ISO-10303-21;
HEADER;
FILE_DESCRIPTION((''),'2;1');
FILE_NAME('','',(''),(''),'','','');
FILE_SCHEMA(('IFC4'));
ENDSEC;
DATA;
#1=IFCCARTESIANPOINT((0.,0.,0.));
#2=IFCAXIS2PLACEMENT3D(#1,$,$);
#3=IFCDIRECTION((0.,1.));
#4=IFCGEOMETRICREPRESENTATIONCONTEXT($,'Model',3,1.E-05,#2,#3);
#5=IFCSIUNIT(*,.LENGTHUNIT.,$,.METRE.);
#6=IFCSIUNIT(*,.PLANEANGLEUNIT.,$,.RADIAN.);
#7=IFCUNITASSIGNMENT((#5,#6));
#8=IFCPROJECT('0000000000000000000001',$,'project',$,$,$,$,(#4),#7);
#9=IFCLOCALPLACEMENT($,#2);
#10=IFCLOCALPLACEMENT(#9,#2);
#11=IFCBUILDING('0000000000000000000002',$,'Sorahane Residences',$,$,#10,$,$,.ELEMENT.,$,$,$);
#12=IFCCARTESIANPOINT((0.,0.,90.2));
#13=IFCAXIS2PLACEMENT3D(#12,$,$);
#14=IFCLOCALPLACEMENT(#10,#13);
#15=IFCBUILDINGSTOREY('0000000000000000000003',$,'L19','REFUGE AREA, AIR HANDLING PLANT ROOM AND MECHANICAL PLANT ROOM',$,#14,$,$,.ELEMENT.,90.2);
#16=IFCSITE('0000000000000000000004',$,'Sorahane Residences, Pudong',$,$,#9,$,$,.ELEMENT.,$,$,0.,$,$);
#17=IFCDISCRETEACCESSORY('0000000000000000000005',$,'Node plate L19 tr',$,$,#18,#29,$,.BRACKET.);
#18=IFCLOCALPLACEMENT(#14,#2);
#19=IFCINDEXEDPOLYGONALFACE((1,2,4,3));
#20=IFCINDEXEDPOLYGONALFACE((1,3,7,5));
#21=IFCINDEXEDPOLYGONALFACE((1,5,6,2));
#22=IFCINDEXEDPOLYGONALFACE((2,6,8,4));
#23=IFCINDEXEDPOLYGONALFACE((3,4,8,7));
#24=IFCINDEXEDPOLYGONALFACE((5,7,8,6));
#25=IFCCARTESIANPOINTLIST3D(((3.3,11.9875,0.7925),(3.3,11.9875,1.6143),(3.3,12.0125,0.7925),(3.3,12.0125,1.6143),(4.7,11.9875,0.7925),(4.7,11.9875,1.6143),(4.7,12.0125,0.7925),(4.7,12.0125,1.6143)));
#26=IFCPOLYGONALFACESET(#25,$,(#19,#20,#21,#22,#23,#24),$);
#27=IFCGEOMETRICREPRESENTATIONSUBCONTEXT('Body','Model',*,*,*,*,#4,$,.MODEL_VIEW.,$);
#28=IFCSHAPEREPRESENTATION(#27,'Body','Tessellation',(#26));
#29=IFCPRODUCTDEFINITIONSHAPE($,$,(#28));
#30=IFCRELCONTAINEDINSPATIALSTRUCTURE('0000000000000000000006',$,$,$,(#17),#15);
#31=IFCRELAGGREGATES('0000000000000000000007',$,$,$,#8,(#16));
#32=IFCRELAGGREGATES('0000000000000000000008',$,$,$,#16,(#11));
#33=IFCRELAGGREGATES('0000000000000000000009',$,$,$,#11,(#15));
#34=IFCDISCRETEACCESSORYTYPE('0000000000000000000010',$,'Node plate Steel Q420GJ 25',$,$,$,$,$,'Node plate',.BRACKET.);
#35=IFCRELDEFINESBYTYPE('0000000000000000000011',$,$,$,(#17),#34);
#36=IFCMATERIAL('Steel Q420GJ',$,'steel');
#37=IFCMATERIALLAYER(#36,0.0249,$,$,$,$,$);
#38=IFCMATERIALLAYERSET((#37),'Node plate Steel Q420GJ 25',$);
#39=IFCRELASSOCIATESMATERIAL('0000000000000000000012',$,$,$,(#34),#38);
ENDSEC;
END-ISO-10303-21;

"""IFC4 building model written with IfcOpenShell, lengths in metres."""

from ifc_helpers import new_model, si_unit, direction, frame, origin, origin_2d, place, context, subcontext, project, spatial, rectangle, extrude, material, layer, layer_set, type_object, element, save


model = new_model("IFC4")

# Units and contexts
model_context = context("Model", 3, precision=1e-05, world=origin(), true_north=direction((0.0, 1.0)))
body_context = subcontext(model_context, "Body", "Model", "MODEL_VIEW")
ifc_project = project(units=[si_unit("LENGTHUNIT", "METRE"), si_unit("PLANEANGLEUNIT", "RADIAN")], contexts=[model_context])

# Site, building, storey
site_placement = place(None, origin())
site = spatial("IfcSite", under=ifc_project, at=site_placement, Name="Sorahane Residences, Pudong", CompositionType="ELEMENT", RefElevation=0.0)
building_placement = place(site_placement, origin())
building = spatial("IfcBuilding", under=site, at=building_placement, Name="Sorahane Residences", CompositionType="ELEMENT")
storey_placement = place(building_placement, frame((0.0, 0.0, 90.2)))
storey = spatial("IfcBuildingStorey", under=building, at=storey_placement, Name="L19", Description="REFUGE AREA, AIR HANDLING PLANT ROOM AND MECHANICAL PLANT ROOM", CompositionType="ELEMENT", Elevation=90.2)

# Discrete accessory
ifc_material_1 = material(Name="Steel Q420GJ", Category="steel")
ifc_layer_1 = layer(ifc_material_1, 0.0249)
ifc_layer_set_1 = layer_set([ifc_layer_1], Name="Node plate Steel Q420GJ 25")
discrete_accessory_type_1 = type_object("IfcDiscreteAccessoryType", Name="Node plate Steel Q420GJ 25", ElementType="Node plate", PredefinedType="BRACKET", material=ifc_layer_set_1)
discrete_accessory_1_placement = place(storey_placement, frame((4.0, 12.0, 0.7925), z_axis=(0.0, 0.0, 1.0), x_axis=(1.0, 0.0, 0.0)))
element("IfcDiscreteAccessory", 1, at=discrete_accessory_1_placement, inside=storey, type_object=discrete_accessory_type_1, Name="Node plate L19 tr", PredefinedType="BRACKET", context=body_context, shape_type="SweptSolid", body=[
    extrude(rectangle(XDim=1.3999, YDim=0.0249, at=origin_2d()), origin(), (0.0, 0.0, 1.0), 0.8218),
])

save(model, "model.ifc")
